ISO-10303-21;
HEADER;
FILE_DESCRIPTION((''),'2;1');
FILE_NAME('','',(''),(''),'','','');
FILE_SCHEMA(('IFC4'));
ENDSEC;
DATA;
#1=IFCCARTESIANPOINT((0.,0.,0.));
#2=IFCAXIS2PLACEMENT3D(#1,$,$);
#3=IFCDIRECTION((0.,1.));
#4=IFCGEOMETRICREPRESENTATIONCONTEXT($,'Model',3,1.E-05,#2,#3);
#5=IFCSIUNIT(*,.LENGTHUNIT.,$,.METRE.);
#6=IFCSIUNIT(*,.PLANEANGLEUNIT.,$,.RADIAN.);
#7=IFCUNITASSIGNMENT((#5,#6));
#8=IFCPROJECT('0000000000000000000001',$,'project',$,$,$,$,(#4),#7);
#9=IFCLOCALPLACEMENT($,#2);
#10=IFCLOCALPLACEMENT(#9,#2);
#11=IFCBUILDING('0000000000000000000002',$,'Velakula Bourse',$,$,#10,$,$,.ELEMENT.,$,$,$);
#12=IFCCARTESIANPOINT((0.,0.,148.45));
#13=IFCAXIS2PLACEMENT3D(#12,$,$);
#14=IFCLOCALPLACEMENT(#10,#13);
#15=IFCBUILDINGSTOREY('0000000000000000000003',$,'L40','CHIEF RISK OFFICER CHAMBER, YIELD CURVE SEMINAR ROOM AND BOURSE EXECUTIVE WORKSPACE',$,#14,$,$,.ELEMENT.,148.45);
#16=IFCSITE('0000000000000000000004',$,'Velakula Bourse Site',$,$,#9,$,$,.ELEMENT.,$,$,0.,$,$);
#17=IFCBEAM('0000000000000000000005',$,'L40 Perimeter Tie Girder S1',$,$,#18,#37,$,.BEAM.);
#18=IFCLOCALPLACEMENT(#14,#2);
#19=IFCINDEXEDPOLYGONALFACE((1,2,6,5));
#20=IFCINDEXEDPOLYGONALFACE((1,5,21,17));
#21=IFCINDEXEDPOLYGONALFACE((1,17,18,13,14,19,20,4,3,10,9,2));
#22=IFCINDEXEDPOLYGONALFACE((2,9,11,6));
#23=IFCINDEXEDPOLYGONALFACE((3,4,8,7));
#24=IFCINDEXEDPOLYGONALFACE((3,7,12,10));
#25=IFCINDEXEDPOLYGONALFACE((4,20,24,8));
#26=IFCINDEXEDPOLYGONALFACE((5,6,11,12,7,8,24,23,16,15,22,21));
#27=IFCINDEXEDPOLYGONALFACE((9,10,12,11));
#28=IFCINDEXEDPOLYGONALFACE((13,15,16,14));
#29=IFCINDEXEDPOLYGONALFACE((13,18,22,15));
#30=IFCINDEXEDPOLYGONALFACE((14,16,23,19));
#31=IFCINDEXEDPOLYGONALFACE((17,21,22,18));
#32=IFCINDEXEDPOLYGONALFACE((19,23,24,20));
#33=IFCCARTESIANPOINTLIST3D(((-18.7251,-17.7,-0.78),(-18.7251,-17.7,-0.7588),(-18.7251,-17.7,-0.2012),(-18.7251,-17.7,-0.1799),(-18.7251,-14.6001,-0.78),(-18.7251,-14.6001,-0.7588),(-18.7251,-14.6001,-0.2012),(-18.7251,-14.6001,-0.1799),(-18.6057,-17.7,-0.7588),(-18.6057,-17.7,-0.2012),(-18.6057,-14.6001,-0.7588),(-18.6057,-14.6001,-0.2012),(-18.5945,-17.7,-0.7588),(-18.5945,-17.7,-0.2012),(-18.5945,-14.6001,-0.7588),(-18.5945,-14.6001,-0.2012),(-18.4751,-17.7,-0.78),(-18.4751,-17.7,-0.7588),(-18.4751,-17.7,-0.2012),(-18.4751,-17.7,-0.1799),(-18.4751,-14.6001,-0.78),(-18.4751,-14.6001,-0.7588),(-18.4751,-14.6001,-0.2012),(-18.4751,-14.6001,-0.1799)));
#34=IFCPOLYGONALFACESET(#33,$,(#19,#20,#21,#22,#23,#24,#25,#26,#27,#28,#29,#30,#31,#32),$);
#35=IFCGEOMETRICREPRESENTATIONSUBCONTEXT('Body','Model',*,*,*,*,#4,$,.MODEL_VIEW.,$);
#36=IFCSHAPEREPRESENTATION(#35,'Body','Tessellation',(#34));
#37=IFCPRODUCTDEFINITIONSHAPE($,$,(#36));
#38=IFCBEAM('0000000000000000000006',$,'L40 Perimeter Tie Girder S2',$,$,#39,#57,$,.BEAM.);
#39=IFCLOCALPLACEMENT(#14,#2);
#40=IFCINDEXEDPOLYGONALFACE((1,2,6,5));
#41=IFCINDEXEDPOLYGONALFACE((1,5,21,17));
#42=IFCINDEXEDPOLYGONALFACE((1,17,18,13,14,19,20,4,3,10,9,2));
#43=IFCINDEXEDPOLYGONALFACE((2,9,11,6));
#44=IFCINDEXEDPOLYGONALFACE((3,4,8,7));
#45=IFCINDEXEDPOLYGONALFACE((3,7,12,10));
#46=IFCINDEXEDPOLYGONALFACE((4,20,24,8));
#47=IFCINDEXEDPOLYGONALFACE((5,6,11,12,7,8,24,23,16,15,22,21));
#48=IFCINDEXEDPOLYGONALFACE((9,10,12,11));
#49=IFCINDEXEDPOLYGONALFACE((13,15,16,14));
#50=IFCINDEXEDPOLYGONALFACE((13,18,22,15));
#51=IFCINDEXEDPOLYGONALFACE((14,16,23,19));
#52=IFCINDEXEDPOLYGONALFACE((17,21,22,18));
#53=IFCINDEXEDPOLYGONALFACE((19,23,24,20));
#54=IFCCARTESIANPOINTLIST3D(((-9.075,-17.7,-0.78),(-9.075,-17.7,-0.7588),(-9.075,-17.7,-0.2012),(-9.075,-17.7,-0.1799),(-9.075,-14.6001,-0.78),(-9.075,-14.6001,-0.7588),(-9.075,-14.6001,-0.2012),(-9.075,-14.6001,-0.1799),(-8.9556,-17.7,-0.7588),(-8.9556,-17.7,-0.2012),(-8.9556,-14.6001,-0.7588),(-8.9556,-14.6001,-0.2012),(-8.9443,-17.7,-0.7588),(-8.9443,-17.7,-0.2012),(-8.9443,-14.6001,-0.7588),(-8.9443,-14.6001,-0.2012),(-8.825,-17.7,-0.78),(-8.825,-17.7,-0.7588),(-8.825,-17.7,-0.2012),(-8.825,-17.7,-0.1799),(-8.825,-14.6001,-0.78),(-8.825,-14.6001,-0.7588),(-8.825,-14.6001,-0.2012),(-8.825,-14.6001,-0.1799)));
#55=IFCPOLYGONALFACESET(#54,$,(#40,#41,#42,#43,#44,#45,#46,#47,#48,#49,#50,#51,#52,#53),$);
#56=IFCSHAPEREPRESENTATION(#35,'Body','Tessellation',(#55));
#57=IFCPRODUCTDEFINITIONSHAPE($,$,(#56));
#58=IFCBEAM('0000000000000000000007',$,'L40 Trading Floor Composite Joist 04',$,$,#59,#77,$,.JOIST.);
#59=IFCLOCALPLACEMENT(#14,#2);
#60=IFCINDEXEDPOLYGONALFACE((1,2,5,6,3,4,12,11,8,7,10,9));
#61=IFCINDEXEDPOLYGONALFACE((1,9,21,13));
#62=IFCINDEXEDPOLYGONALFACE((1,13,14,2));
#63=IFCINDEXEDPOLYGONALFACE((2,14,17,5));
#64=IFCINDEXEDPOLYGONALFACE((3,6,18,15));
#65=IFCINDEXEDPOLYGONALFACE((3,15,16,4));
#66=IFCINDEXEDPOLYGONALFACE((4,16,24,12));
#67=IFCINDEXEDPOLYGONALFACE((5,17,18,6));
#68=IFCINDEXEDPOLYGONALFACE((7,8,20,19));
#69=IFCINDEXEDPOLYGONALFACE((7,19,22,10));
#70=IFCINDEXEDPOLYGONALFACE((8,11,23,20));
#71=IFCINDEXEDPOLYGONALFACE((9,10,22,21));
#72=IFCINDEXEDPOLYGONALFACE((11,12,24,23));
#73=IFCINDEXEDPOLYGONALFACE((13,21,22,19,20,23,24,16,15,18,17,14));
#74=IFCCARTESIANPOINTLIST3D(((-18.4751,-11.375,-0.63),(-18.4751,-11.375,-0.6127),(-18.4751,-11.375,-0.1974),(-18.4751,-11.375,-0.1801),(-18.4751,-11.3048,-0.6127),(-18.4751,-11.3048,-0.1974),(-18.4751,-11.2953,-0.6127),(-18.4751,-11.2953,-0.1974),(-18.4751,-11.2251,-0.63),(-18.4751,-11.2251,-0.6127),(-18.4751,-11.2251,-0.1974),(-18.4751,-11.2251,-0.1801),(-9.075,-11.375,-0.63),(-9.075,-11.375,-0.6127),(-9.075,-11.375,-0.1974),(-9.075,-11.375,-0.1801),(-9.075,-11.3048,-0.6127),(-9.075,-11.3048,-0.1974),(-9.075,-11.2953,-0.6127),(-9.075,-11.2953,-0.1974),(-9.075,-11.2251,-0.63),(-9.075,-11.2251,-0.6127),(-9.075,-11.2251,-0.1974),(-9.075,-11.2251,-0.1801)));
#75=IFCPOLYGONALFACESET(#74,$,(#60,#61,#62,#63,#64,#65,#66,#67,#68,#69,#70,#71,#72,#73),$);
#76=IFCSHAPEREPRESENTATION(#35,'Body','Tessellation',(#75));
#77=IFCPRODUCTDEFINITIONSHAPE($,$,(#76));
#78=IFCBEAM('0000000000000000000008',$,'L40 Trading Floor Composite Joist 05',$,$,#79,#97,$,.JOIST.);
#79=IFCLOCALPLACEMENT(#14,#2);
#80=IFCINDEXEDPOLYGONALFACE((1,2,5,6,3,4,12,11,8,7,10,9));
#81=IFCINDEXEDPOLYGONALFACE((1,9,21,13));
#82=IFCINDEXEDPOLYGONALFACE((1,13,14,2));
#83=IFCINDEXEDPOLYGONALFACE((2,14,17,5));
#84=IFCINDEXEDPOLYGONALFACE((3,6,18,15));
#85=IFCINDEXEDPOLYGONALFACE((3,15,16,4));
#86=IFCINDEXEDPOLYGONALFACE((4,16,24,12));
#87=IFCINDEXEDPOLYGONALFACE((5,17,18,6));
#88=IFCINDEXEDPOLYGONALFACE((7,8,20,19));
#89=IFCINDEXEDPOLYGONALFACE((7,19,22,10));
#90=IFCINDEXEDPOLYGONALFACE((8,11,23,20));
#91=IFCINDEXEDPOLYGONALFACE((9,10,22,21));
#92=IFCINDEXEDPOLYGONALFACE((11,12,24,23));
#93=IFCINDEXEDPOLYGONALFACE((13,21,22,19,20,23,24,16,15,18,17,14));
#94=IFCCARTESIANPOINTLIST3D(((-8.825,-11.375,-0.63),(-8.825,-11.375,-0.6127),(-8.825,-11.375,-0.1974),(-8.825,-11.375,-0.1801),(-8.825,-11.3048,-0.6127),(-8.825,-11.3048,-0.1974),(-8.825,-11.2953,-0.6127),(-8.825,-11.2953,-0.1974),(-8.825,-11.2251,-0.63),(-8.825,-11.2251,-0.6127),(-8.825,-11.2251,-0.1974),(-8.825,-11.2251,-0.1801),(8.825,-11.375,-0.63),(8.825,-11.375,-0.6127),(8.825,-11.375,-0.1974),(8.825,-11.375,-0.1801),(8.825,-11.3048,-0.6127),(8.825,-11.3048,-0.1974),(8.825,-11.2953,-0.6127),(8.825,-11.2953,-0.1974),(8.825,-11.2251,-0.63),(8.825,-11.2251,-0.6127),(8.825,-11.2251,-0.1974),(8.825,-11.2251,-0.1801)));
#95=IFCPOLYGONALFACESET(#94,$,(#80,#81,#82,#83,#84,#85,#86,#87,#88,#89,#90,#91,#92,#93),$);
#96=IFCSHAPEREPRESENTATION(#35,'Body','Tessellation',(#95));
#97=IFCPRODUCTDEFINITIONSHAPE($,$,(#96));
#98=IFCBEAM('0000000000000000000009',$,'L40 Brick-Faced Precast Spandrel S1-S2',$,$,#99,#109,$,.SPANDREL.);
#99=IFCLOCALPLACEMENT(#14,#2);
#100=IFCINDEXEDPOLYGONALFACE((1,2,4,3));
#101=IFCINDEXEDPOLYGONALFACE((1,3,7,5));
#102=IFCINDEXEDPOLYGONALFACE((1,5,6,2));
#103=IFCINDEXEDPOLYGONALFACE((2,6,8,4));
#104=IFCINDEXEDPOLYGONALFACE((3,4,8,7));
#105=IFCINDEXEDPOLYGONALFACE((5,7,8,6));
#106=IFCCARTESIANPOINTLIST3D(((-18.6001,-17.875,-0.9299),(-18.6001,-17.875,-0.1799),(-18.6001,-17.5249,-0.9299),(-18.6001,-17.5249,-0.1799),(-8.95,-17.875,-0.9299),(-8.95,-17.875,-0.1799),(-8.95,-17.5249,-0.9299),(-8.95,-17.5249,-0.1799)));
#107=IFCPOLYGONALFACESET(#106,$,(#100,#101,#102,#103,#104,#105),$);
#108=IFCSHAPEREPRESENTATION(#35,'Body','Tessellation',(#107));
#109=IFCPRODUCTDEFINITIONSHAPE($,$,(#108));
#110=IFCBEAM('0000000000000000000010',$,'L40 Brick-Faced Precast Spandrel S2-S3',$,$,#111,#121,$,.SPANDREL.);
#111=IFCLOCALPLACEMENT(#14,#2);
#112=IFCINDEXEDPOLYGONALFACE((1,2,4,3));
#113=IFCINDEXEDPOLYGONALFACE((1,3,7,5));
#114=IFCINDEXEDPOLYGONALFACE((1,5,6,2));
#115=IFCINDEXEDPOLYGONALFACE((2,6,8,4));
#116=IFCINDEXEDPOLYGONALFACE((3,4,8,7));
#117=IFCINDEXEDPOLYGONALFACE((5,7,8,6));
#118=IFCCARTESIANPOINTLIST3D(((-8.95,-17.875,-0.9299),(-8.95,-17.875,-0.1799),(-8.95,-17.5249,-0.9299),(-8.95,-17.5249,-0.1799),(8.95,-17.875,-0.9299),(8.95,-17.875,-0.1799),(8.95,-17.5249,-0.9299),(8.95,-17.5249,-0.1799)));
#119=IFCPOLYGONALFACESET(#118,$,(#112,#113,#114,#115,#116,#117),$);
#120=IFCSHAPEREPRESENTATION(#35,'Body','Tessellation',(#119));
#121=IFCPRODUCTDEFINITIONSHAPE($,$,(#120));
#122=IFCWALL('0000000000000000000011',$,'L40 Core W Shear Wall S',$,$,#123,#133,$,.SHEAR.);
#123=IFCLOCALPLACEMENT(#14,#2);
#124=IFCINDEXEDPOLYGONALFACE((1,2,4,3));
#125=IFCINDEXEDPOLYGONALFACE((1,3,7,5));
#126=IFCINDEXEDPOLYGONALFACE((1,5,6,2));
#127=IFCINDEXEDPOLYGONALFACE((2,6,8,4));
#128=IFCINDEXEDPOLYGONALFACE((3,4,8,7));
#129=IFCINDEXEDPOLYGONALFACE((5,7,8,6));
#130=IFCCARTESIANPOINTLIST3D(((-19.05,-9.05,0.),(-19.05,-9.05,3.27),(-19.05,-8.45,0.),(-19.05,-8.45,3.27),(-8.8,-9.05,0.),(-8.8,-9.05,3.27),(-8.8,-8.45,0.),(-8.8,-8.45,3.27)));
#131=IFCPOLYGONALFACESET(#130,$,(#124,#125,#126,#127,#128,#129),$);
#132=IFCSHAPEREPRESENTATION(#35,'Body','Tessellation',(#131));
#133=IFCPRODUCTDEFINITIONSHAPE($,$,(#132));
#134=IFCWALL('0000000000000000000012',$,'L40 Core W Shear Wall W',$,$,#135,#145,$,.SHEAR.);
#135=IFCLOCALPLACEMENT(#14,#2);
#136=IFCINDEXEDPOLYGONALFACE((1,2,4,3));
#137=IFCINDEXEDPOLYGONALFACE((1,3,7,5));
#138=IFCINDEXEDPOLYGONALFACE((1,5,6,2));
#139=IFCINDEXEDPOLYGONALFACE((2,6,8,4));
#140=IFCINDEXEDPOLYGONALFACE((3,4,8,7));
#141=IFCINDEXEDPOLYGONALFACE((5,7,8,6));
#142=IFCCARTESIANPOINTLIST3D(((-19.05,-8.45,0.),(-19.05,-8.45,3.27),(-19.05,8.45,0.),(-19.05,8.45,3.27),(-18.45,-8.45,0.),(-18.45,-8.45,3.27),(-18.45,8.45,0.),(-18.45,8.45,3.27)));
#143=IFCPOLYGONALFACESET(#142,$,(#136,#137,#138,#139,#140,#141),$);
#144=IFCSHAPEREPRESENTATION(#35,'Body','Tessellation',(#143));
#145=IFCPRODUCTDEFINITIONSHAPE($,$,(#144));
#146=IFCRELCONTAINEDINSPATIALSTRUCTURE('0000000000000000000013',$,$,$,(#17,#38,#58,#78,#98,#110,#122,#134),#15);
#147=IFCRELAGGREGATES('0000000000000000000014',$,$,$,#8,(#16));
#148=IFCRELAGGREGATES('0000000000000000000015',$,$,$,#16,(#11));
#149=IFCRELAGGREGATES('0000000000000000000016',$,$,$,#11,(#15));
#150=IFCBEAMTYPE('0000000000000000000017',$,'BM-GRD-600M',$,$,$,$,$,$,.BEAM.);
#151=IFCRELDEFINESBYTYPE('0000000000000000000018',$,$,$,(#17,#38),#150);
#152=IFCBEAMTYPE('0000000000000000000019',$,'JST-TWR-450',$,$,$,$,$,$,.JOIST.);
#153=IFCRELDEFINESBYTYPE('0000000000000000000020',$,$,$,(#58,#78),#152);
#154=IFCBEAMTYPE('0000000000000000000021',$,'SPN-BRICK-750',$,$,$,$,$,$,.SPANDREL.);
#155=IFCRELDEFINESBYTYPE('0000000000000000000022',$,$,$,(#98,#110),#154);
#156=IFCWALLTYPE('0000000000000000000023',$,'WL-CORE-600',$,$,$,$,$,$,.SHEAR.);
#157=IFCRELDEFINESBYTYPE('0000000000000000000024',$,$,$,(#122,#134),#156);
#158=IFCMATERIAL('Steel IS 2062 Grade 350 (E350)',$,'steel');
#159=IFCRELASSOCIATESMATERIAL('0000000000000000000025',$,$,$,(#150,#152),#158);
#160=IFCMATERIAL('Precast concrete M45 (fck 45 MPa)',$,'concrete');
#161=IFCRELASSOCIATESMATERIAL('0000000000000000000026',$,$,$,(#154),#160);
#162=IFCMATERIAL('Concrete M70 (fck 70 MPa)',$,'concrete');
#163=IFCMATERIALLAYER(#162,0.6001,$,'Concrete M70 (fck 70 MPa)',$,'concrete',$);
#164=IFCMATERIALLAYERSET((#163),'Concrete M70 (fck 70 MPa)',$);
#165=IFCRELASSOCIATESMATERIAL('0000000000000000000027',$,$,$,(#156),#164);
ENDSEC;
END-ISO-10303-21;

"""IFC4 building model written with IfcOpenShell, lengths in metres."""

from ifc_helpers import new_model, si_unit, direction, frame, frame_2d, origin, origin_2d, place, context, subcontext, project, spatial, rectangle, i_section, extrude, material, layer, layer_set, material_profile, profile_set, type_object, element, save


model = new_model("IFC4")

# Units and contexts
model_context = context("Model", 3, precision=1e-05, world=origin(), true_north=direction((0.0, 1.0)))
body_context = subcontext(model_context, "Body", "Model", "MODEL_VIEW")
ifc_project = project(units=[si_unit("LENGTHUNIT", "METRE"), si_unit("PLANEANGLEUNIT", "RADIAN")], contexts=[model_context])

# Site, building, storey
site_placement = place(None, origin())
site = spatial("IfcSite", under=ifc_project, at=site_placement, Name="Velakula Bourse Site", CompositionType="ELEMENT", RefElevation=0.0)
building_placement = place(site_placement, origin())
building = spatial("IfcBuilding", under=site, at=building_placement, Name="Velakula Bourse", CompositionType="ELEMENT")
storey_placement = place(building_placement, frame((0.0, 0.0, 148.45)))
storey = spatial("IfcBuildingStorey", under=building, at=storey_placement, Name="L40", Description="CHIEF RISK OFFICER CHAMBER, YIELD CURVE SEMINAR ROOM AND BOURSE EXECUTIVE WORKSPACE", CompositionType="ELEMENT", Elevation=148.45)

# Shared definitions
ifc_material_1 = material(Name="Concrete M70 (fck 70 MPa)", Category="concrete")
ifc_material_2 = material(Name="Steel IS 2062 Grade 350 (E350)", Category="steel")

# Beams
ifc_material_profile_1 = material_profile(ifc_material_2, i_section(OverallWidth=0.25, OverallDepth=0.6001, WebThickness=0.0112, FlangeThickness=0.0212, at=origin_2d()), Name="Steel IS 2062 Grade 350 (E350)")
ifc_profile_set_1 = profile_set([ifc_material_profile_1], Name="Steel IS 2062 Grade 350 (E350)")
beam_type_1 = type_object("IfcBeamType", Name="BM-GRD-600M", PredefinedType="BEAM", material=ifc_profile_set_1)
for number, where, z_axis, x_axis, name in (
    (1, (-18.6001, -14.6001, -0.48), (0.0, -1.0, 0.0), (1.0, 0.0, 0.0), "L40 Perimeter Tie Girder S1"),
    (2, (-8.95, -14.6001, -0.48), (0.0, -1.0, 0.0), (1.0, 0.0, 0.0), "L40 Perimeter Tie Girder S2"),
):
    element("IfcBeam", number, at=place(storey_placement, frame(where, z_axis=z_axis, x_axis=x_axis)), inside=storey, type_object=beam_type_1, Name=name, PredefinedType="BEAM", context=body_context, shape_type="SweptSolid", body=[
        extrude(i_section(OverallWidth=0.25, OverallDepth=0.6001, WebThickness=0.0112, FlangeThickness=0.0212, at=origin_2d()), origin(), (0.0, 0.0, 1.0), 3.0999),
    ])
ifc_material_profile_2 = material_profile(ifc_material_2, i_section(OverallWidth=0.1499, OverallDepth=0.45, WebThickness=0.0095, FlangeThickness=0.0173, at=origin_2d()), Name="Steel IS 2062 Grade 350 (E350)")
ifc_profile_set_2 = profile_set([ifc_material_profile_2], Name="Steel IS 2062 Grade 350 (E350)")
beam_type_2 = type_object("IfcBeamType", Name="JST-TWR-450", PredefinedType="JOIST", material=ifc_profile_set_2)
beam_1_placement = place(storey_placement, frame((-18.4751, -11.3, -0.405), z_axis=(1.0, 0.0, 0.0), x_axis=(0.0, 1.0, 0.0)))
element("IfcBeam", 3, at=beam_1_placement, inside=storey, type_object=beam_type_2, Name="L40 Trading Floor Composite Joist 04", PredefinedType="JOIST", context=body_context, shape_type="SweptSolid", body=[
    extrude(i_section(OverallWidth=0.1499, OverallDepth=0.45, WebThickness=0.0095, FlangeThickness=0.0173, at=origin_2d()), origin(), (0.0, 0.0, 1.0), 9.4001),
])
beam_2_placement = place(storey_placement, frame((-8.825, -11.3, -0.405), z_axis=(1.0, 0.0, 0.0), x_axis=(0.0, 1.0, 0.0)))
element("IfcBeam", 4, at=beam_2_placement, inside=storey, type_object=beam_type_2, Name="L40 Trading Floor Composite Joist 05", PredefinedType="JOIST", context=body_context, shape_type="SweptSolid", body=[
    extrude(i_section(OverallWidth=0.1499, OverallDepth=0.45, WebThickness=0.0095, FlangeThickness=0.0173, at=origin_2d()), origin(), (0.0, 0.0, 1.0), 17.6499),
])
ifc_material_3 = material(Name="Precast concrete M45 (fck 45 MPa)", Category="concrete")
ifc_material_profile_3 = material_profile(ifc_material_3, rectangle(XDim=0.3501, YDim=0.75, at=origin_2d()), Name="Precast concrete M45 (fck 45 MPa)")
ifc_profile_set_3 = profile_set([ifc_material_profile_3], Name="Precast concrete M45 (fck 45 MPa)")
beam_type_3 = type_object("IfcBeamType", Name="SPN-BRICK-750", PredefinedType="SPANDREL", material=ifc_profile_set_3)
beam_3_placement = place(storey_placement, frame((-18.6001, -17.7, -0.5549), z_axis=(1.0, 0.0, 0.0), x_axis=(0.0, 1.0, 0.0)))
element("IfcBeam", 5, at=beam_3_placement, inside=storey, type_object=beam_type_3, Name="L40 Brick-Faced Precast Spandrel S1-S2", PredefinedType="SPANDREL", context=body_context, shape_type="SweptSolid", body=[
    extrude(rectangle(XDim=0.3501, YDim=0.75, at=origin_2d()), origin(), (0.0, 0.0, 1.0), 9.6501),
])
beam_4_placement = place(storey_placement, frame((-8.95, -17.7, -0.5549), z_axis=(1.0, 0.0, 0.0), x_axis=(0.0, 1.0, 0.0)))
element("IfcBeam", 6, at=beam_4_placement, inside=storey, type_object=beam_type_3, Name="L40 Brick-Faced Precast Spandrel S2-S3", PredefinedType="SPANDREL", context=body_context, shape_type="SweptSolid", body=[
    extrude(rectangle(XDim=0.3501, YDim=0.75, at=origin_2d()), origin(), (0.0, 0.0, 1.0), 17.8999),
])

# Walls
ifc_layer_1 = layer(ifc_material_1, 0.6001, Name="Concrete M70 (fck 70 MPa)", Category="concrete")
ifc_layer_set_1 = layer_set([ifc_layer_1], Name="Concrete M70 (fck 70 MPa)")
wall_type_1 = type_object("IfcWallType", Name="WL-CORE-600", PredefinedType="SHEAR", material=ifc_layer_set_1)
wall_1_placement = place(storey_placement, frame((-19.05, -8.75, 0.0), z_axis=(0.0, 0.0, 1.0), x_axis=(1.0, 0.0, 0.0)))
element("IfcWall", 7, at=wall_1_placement, inside=storey, type_object=wall_type_1, Name="L40 Core W Shear Wall S", PredefinedType="SHEAR", context=body_context, shape_type="SweptSolid", body=[
    extrude(rectangle(XDim=10.25, YDim=0.6001, at=frame_2d((5.125, 0.0))), origin(), (0.0, 0.0, 1.0), 3.27),
])
wall_2_placement = place(storey_placement, frame((-18.75, -8.45, 0.0), z_axis=(0.0, 0.0, 1.0), x_axis=(0.0, 1.0, 0.0)))
element("IfcWall", 8, at=wall_2_placement, inside=storey, type_object=wall_type_1, Name="L40 Core W Shear Wall W", PredefinedType="SHEAR", context=body_context, shape_type="SweptSolid", body=[
    extrude(rectangle(XDim=16.8999, YDim=0.6001, at=frame_2d((8.45, 0.0))), origin(), (0.0, 0.0, 1.0), 3.27),
])

save(model, "model.ifc")
